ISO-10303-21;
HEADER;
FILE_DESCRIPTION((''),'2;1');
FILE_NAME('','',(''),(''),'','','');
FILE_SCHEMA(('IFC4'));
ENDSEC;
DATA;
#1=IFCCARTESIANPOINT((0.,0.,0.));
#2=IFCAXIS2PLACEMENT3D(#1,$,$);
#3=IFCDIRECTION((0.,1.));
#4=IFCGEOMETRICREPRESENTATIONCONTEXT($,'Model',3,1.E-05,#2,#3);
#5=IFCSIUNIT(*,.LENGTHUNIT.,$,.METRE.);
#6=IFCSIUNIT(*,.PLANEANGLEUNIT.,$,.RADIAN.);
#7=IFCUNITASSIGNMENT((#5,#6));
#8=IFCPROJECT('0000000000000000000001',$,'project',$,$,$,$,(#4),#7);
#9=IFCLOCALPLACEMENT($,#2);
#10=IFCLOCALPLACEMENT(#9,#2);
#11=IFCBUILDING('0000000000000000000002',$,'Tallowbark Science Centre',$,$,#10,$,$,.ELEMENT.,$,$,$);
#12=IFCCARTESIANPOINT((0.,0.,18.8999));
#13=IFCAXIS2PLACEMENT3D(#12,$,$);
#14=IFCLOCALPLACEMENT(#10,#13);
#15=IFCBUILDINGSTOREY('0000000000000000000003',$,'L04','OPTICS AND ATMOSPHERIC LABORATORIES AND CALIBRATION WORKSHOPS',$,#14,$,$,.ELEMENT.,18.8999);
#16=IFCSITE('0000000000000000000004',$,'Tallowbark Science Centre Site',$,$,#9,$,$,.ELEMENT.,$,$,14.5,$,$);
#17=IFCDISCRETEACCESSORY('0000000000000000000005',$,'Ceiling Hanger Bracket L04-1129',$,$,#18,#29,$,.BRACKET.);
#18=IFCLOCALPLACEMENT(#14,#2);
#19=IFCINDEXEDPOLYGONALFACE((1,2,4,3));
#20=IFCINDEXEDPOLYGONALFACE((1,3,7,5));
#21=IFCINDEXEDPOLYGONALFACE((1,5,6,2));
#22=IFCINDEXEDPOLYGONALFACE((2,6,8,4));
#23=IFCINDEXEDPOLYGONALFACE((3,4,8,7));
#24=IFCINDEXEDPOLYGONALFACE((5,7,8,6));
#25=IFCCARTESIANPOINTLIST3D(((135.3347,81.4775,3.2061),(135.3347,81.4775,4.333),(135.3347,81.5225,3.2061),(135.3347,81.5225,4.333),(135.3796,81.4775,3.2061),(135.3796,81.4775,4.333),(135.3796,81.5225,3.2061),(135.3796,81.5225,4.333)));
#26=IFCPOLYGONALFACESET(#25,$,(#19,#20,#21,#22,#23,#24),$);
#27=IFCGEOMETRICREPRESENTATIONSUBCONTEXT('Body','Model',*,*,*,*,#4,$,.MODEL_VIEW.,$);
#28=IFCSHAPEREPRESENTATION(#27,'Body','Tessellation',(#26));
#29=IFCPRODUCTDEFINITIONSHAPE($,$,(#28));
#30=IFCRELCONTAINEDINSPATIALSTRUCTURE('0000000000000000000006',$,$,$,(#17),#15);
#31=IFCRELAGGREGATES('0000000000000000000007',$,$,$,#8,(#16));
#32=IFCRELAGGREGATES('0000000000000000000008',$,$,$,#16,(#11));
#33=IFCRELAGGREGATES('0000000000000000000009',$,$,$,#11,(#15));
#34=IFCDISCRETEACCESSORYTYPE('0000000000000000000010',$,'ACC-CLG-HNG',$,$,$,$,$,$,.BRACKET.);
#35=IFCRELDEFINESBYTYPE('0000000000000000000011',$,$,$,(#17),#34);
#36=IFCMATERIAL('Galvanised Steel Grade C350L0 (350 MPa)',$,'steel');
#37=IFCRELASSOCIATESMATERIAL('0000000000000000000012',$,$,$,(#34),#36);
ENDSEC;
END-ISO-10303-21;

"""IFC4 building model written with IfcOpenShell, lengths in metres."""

from ifc_helpers import new_model, si_unit, direction, frame, origin, origin_2d, place, context, subcontext, project, spatial, rectangle, extrude, material, type_object, element, save


model = new_model("IFC4")

# Units and contexts
model_context = context("Model", 3, precision=1e-05, world=origin(), true_north=direction((0.0, 1.0)))
body_context = subcontext(model_context, "Body", "Model", "MODEL_VIEW")
ifc_project = project(units=[si_unit("LENGTHUNIT", "METRE"), si_unit("PLANEANGLEUNIT", "RADIAN")], contexts=[model_context])

# Site, building, storey
site_placement = place(None, origin())
site = spatial("IfcSite", under=ifc_project, at=site_placement, Name="Tallowbark Science Centre Site", CompositionType="ELEMENT", RefElevation=14.5)
building_placement = place(site_placement, origin())
building = spatial("IfcBuilding", under=site, at=building_placement, Name="Tallowbark Science Centre", CompositionType="ELEMENT")
storey_placement = place(building_placement, frame((0.0, 0.0, 18.8999)))
storey = spatial("IfcBuildingStorey", under=building, at=storey_placement, Name="L04", Description="OPTICS AND ATMOSPHERIC LABORATORIES AND CALIBRATION WORKSHOPS", CompositionType="ELEMENT", Elevation=18.8999)

# Discrete accessory
ifc_material_1 = material(Name="Galvanised Steel Grade C350L0 (350 MPa)", Category="steel")
discrete_accessory_type = type_object("IfcDiscreteAccessoryType", Name="ACC-CLG-HNG", PredefinedType="BRACKET", material=ifc_material_1)
discrete_accessory_placement = place(storey_placement, frame((135.3572, 81.5, 3.2061), z_axis=(0.0, 0.0, 1.0), x_axis=(1.0, 0.0, 0.0)))
element("IfcDiscreteAccessory", 1, at=discrete_accessory_placement, inside=storey, type_object=discrete_accessory_type, Name="Ceiling Hanger Bracket L04-1129", PredefinedType="BRACKET", context=body_context, shape_type="SweptSolid", body=[
    extrude(rectangle(XDim=0.0449, YDim=0.0449, at=origin_2d()), origin(), (0.0, 0.0, 1.0), 1.127),
])

save(model, "model.ifc")
